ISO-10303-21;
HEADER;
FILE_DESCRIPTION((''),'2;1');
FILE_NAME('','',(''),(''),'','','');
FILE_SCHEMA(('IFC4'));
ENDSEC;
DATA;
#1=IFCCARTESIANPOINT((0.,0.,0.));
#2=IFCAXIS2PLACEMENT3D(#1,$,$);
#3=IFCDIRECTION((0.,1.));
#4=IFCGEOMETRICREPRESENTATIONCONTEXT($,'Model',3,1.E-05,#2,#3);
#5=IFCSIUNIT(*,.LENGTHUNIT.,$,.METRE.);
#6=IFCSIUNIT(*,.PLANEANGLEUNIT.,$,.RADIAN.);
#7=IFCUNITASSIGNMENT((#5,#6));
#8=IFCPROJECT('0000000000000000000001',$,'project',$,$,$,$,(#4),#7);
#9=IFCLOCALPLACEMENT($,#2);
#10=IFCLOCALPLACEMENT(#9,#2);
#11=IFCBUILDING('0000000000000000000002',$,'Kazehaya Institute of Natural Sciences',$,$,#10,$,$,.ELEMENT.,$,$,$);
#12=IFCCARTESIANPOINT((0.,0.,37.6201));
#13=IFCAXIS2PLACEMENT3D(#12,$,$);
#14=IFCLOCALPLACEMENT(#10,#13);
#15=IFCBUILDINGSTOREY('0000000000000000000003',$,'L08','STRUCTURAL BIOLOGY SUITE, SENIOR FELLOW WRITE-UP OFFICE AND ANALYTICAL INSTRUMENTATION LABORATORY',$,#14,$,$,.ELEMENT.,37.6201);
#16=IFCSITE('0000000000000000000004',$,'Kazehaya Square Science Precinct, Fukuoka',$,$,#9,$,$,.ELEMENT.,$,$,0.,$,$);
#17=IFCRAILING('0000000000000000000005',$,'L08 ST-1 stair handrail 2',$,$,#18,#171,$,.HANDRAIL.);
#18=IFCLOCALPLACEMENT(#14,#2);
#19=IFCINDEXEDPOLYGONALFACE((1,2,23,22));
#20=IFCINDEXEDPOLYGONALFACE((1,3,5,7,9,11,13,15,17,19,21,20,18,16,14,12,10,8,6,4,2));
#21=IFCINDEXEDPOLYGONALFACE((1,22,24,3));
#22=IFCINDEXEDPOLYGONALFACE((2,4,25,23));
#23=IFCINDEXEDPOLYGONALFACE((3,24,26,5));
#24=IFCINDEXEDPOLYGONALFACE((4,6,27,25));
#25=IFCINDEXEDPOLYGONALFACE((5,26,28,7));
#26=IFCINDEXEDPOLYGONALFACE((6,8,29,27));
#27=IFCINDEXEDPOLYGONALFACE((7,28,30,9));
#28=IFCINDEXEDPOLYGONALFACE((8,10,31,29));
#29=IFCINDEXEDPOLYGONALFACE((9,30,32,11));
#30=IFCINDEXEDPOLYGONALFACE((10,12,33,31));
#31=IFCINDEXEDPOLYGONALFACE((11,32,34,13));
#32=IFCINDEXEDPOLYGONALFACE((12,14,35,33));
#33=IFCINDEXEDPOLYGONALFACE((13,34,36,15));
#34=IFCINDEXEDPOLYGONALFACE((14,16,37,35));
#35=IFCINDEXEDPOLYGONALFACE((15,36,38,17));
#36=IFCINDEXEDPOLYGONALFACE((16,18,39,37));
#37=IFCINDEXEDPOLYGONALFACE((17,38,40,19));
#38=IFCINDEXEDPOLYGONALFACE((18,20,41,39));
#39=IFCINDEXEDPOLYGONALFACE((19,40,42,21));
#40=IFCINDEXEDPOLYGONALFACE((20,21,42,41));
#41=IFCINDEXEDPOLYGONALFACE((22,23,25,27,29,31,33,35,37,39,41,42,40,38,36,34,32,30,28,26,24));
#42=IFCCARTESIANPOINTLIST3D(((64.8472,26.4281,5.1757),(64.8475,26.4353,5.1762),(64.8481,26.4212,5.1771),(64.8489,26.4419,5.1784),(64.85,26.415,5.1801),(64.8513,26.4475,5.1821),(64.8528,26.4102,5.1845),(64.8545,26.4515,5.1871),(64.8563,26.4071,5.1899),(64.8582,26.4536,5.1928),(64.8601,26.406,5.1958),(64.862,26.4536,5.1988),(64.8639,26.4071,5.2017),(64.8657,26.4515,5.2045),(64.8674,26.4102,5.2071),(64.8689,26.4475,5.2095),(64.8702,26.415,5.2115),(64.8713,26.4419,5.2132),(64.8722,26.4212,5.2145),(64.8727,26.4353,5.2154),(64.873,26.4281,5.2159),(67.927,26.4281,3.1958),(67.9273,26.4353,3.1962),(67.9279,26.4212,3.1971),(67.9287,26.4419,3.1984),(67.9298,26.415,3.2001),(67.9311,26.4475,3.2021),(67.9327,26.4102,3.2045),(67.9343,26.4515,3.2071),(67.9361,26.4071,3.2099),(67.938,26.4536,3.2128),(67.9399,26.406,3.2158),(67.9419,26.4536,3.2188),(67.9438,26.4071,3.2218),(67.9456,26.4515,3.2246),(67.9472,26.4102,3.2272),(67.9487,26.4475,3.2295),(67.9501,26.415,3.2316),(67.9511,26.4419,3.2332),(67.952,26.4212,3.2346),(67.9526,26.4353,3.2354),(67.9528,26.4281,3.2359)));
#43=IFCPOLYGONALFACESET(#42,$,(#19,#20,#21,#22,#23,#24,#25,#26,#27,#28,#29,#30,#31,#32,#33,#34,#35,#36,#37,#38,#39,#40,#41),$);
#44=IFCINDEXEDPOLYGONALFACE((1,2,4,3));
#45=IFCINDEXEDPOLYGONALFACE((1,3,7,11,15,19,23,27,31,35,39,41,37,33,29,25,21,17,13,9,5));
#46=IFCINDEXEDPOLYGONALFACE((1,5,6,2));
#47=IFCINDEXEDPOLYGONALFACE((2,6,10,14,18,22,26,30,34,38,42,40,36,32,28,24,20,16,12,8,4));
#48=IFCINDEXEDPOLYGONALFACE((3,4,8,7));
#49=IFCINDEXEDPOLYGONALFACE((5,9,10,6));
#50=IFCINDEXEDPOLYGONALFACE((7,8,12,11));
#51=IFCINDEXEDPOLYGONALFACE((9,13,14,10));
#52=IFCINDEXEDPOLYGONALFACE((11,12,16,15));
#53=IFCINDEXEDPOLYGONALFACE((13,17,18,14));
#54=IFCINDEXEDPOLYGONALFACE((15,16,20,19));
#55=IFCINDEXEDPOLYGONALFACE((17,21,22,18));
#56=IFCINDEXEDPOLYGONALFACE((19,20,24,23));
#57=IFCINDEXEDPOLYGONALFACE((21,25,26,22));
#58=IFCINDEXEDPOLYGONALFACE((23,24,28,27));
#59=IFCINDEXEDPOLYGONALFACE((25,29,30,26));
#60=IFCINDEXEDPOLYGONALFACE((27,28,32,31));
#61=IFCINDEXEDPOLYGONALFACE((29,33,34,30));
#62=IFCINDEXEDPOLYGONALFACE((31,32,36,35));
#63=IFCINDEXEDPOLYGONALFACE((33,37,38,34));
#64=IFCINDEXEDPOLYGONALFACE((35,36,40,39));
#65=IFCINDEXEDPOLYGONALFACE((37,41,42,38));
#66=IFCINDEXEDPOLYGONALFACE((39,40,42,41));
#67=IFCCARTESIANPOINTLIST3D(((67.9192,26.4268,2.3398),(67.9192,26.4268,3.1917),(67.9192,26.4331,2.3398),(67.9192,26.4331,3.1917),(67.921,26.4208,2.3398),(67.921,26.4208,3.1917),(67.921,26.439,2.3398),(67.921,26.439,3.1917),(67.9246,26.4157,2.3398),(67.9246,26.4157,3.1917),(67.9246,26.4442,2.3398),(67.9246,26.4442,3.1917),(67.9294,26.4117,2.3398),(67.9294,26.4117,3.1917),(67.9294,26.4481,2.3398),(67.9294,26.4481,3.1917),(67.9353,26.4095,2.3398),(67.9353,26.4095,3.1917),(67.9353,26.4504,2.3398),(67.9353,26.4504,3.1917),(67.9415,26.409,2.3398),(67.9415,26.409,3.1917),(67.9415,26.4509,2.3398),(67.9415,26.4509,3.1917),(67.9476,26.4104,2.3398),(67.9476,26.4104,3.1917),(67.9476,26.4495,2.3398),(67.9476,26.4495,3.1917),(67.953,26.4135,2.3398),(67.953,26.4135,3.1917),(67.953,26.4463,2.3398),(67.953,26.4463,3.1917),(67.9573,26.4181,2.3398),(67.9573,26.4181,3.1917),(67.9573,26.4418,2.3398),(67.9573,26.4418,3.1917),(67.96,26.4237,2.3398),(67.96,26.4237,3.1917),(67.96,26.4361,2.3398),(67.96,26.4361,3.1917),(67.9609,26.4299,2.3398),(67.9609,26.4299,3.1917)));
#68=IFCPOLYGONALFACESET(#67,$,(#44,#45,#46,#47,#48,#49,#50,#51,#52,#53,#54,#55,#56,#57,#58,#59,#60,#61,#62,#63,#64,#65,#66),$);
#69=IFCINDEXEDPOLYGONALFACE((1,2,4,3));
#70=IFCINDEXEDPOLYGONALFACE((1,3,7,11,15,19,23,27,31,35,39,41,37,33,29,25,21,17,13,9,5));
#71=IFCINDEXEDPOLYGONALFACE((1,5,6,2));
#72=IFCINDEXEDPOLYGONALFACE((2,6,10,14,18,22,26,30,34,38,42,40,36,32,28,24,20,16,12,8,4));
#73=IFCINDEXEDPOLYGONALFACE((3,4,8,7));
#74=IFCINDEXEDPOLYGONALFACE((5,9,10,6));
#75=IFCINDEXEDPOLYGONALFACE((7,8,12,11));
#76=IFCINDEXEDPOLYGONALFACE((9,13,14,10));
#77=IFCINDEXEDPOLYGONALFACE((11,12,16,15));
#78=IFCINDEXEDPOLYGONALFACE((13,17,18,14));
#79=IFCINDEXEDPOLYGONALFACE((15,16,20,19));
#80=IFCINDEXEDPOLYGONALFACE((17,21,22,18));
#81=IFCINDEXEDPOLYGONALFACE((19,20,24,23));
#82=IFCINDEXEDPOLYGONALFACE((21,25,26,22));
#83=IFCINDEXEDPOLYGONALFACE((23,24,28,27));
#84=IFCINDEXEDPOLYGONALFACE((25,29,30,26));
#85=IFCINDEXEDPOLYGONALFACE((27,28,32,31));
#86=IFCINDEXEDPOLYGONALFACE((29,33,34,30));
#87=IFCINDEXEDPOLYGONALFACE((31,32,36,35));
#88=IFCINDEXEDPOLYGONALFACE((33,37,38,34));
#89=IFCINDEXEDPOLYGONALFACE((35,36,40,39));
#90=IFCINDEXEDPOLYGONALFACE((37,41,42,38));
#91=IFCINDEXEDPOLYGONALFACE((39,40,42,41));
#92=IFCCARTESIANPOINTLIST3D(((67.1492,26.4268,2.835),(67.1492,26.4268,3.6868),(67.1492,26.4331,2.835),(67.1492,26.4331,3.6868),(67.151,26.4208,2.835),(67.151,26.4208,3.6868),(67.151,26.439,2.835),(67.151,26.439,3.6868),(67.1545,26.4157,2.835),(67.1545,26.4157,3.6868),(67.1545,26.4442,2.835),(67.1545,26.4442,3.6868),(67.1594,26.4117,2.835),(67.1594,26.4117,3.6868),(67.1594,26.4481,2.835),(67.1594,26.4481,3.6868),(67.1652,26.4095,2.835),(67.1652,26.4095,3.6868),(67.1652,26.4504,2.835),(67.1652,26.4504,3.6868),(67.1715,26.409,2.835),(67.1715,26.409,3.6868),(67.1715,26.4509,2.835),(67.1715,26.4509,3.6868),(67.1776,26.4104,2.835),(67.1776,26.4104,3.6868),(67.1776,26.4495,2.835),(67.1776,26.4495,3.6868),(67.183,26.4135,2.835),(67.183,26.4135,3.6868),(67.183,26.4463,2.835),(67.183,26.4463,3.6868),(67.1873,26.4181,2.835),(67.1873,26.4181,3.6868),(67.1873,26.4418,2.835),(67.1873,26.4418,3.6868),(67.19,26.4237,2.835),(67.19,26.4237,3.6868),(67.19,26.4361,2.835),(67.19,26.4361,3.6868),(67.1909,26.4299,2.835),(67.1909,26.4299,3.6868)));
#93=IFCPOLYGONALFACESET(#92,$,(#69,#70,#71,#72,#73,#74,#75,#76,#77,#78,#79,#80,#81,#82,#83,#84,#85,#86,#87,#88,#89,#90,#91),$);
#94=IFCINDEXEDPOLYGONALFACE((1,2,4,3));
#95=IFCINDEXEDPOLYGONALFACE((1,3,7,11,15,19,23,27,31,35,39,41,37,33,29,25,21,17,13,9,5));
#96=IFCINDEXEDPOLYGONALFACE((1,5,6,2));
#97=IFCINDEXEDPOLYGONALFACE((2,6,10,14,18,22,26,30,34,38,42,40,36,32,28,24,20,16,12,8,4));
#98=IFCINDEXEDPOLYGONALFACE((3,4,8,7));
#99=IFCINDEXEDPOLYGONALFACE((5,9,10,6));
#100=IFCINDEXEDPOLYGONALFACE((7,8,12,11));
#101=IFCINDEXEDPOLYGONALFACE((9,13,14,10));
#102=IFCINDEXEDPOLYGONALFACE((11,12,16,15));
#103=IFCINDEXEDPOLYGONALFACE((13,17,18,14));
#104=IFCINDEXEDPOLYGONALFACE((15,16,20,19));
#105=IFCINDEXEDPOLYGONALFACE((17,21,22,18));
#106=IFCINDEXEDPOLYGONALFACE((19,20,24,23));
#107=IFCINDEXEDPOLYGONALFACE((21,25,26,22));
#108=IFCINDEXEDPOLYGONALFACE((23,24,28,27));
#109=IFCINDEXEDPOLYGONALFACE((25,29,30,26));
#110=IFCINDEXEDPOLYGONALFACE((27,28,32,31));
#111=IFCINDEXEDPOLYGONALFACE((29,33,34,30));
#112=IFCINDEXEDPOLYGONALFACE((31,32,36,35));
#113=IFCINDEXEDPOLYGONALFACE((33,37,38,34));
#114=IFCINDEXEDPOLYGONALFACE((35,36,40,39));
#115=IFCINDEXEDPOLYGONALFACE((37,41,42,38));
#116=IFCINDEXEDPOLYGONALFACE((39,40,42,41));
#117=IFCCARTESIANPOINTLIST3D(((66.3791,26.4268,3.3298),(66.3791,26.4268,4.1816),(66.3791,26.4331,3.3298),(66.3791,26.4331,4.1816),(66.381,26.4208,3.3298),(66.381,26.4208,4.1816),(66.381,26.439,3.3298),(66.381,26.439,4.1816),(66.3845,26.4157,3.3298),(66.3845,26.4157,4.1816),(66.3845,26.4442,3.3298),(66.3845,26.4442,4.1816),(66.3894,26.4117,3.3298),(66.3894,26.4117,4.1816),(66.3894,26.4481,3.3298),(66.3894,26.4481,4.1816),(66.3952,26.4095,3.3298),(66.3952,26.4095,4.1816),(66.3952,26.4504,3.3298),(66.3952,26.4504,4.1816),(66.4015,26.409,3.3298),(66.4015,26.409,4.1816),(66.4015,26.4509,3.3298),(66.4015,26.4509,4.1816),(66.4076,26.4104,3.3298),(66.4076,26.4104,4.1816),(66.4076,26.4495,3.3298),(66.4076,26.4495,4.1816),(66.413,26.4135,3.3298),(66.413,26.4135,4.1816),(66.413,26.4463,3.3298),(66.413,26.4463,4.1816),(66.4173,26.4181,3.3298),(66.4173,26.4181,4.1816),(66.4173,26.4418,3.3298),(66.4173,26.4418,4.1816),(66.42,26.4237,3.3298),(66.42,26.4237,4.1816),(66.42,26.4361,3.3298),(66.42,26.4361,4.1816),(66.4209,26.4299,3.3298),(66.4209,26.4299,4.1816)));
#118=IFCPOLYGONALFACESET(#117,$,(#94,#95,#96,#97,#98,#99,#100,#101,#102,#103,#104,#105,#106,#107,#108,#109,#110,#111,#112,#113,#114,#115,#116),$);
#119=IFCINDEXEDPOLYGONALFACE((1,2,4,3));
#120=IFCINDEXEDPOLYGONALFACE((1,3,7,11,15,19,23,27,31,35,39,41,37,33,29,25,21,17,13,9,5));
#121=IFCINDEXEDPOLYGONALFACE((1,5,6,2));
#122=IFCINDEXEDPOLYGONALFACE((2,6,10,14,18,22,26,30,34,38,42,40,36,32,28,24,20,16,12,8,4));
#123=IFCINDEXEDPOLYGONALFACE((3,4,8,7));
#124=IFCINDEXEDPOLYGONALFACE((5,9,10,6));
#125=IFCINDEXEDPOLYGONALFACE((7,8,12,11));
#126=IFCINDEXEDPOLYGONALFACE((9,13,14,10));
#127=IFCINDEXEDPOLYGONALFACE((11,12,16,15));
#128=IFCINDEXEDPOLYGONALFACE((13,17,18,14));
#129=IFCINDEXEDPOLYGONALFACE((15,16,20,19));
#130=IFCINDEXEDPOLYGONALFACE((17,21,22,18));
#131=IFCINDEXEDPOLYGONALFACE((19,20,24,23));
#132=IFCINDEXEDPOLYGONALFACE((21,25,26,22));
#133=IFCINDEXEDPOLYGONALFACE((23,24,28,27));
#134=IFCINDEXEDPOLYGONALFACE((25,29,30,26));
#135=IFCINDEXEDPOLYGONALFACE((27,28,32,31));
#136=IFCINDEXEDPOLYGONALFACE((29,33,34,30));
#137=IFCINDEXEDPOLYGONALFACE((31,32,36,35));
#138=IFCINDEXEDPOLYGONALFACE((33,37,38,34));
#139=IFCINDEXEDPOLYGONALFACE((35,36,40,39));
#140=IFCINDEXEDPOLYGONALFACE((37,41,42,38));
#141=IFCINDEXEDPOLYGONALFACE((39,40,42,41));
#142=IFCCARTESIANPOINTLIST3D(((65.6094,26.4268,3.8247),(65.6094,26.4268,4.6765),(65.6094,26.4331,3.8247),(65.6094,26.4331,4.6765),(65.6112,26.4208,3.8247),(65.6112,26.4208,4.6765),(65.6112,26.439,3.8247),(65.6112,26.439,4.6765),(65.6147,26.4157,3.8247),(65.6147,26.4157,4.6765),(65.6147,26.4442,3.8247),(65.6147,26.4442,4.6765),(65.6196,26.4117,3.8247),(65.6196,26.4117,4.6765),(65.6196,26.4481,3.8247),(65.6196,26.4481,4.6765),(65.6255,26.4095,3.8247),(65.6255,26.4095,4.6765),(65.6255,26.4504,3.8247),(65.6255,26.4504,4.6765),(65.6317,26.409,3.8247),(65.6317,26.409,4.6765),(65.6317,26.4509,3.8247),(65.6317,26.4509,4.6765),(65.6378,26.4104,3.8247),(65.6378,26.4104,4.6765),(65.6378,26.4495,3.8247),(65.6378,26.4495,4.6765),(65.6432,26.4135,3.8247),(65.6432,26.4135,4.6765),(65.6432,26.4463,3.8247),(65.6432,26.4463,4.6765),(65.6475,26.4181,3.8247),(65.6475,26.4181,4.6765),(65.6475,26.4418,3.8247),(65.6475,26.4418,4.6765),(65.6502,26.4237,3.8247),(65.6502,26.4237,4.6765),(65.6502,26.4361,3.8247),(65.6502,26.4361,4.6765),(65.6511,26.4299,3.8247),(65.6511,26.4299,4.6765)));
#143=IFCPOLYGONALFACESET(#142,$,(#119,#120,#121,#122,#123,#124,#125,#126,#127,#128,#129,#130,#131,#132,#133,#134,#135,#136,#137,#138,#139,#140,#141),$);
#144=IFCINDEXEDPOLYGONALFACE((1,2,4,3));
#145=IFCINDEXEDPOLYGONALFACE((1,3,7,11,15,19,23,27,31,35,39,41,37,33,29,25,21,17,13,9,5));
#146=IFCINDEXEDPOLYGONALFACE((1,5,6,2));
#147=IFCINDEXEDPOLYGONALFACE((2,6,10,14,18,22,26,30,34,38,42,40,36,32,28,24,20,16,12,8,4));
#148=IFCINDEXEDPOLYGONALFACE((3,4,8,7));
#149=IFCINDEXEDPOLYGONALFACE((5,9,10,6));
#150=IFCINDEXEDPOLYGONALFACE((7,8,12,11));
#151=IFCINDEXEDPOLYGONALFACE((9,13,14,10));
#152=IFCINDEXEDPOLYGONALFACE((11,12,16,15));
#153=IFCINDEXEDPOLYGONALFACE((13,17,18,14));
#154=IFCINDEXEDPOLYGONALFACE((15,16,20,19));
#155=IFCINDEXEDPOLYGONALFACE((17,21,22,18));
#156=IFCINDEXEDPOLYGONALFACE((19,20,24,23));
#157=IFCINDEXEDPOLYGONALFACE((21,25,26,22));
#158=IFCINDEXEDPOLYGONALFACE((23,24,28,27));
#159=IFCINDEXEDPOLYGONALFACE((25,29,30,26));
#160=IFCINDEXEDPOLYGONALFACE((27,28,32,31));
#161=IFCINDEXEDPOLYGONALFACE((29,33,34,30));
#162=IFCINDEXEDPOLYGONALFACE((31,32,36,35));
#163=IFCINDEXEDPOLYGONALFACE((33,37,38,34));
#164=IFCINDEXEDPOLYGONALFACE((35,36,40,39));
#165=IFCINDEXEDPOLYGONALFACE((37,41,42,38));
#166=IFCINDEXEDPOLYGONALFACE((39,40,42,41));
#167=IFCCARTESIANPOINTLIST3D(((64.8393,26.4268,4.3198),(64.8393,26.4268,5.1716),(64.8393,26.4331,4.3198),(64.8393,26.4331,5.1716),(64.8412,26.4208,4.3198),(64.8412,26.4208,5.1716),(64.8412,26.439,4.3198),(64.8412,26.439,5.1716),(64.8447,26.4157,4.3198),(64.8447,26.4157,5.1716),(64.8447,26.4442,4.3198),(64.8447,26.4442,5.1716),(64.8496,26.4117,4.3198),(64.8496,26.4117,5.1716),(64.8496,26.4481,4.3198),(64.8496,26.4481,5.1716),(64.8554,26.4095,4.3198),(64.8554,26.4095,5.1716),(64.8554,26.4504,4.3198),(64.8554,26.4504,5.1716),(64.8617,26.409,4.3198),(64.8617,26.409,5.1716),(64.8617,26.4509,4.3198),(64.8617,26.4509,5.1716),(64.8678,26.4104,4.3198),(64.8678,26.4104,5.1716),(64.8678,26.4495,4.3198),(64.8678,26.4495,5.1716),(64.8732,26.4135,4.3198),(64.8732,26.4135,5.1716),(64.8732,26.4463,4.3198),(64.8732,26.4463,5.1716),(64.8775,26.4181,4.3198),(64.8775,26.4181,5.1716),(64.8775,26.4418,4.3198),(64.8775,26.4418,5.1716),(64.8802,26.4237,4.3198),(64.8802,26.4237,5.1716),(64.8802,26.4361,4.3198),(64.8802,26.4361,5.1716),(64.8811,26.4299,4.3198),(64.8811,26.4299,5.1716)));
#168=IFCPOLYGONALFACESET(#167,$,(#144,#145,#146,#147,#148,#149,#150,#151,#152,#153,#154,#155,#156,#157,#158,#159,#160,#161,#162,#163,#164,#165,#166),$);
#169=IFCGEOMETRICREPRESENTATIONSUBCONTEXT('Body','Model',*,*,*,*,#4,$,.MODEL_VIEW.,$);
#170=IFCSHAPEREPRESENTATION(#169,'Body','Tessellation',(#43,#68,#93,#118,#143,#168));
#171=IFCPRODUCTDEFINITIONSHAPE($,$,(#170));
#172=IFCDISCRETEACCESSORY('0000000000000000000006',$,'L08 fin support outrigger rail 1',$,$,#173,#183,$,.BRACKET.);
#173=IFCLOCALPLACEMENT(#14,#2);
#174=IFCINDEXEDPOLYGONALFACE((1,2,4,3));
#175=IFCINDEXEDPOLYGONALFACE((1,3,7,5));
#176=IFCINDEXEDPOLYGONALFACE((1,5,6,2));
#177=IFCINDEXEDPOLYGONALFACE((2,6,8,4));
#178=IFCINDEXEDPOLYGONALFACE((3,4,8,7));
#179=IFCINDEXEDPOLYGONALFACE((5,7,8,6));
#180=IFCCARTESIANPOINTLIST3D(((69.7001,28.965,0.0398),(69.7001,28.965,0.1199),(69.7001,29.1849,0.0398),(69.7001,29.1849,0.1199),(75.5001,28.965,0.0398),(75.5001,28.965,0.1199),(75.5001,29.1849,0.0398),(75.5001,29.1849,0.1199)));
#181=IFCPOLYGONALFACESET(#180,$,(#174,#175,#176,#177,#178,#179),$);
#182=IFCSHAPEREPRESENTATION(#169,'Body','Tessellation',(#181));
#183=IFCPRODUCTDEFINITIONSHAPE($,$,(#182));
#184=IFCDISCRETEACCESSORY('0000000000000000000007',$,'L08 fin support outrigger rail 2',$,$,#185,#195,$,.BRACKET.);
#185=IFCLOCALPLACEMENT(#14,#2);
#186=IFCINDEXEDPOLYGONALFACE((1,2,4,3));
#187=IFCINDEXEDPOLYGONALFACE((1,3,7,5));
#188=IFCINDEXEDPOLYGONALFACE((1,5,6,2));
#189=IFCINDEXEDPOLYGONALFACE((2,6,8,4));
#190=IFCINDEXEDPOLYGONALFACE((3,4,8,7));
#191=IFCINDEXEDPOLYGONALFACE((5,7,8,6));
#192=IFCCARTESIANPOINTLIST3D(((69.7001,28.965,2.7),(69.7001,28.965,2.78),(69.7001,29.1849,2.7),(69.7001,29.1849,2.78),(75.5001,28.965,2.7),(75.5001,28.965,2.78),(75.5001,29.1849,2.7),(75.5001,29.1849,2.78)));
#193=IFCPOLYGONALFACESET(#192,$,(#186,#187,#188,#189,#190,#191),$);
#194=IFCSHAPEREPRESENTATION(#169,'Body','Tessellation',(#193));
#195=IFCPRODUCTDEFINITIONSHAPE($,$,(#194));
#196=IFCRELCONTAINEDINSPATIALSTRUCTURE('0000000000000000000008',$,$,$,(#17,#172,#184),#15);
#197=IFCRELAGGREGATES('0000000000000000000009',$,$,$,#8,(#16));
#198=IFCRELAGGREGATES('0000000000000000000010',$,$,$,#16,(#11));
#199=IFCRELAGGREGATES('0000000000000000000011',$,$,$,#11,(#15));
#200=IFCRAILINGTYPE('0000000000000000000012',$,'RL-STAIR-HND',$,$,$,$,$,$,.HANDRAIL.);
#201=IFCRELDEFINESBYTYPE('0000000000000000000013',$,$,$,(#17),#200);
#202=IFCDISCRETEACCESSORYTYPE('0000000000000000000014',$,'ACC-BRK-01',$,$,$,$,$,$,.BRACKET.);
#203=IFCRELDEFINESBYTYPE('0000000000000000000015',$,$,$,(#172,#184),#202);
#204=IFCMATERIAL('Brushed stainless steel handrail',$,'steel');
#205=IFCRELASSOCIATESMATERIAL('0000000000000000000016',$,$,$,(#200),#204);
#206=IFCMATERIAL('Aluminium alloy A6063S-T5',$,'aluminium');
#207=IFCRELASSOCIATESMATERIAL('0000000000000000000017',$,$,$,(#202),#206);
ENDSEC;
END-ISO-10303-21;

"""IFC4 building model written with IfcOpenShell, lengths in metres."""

from ifc_helpers import new_model, si_unit, direction, frame, origin, origin_2d, place, context, subcontext, project, spatial, rectangle, circle, extrude, material, type_object, element, save


model = new_model("IFC4")

# Units and contexts
model_context = context("Model", 3, precision=1e-05, world=origin(), true_north=direction((0.0, 1.0)))
body_context = subcontext(model_context, "Body", "Model", "MODEL_VIEW")
ifc_project = project(units=[si_unit("LENGTHUNIT", "METRE"), si_unit("PLANEANGLEUNIT", "RADIAN")], contexts=[model_context])

# Site, building, storey
site_placement = place(None, origin())
site = spatial("IfcSite", under=ifc_project, at=site_placement, Name="Kazehaya Square Science Precinct, Fukuoka", CompositionType="ELEMENT", RefElevation=0.0)
building_placement = place(site_placement, origin())
building = spatial("IfcBuilding", under=site, at=building_placement, Name="Kazehaya Institute of Natural Sciences", CompositionType="ELEMENT")
storey_placement = place(building_placement, frame((0.0, 0.0, 37.6201)))
storey = spatial("IfcBuildingStorey", under=building, at=storey_placement, Name="L08", Description="STRUCTURAL BIOLOGY SUITE, SENIOR FELLOW WRITE-UP OFFICE AND ANALYTICAL INSTRUMENTATION LABORATORY", CompositionType="ELEMENT", Elevation=37.6201)

# Shared definitions
ifc_material_1 = material(Name="Aluminium alloy A6063S-T5", Category="aluminium")

# Railing
ifc_material_2 = material(Name="Brushed stainless steel handrail", Category="steel")
railing_type_1 = type_object("IfcRailingType", Name="RL-STAIR-HND", PredefinedType="HANDRAIL", material=ifc_material_2)
railing_1_placement = place(storey_placement, frame((67.9399, 26.4299, 2.3398)))
element("IfcRailing", 1, at=railing_1_placement, inside=storey, type_object=railing_type_1, Name="L08 ST-1 stair handrail 2", PredefinedType="HANDRAIL", context=body_context, shape_type="SweptSolid", body=[
    extrude(circle(Radius=0.0239, at=origin_2d()), frame((0.0, 0.0, 0.876), z_axis=(-0.841168, 0.0, 0.540774), x_axis=(0.0, -1.0, 0.0)), (0.0, 0.0, 1.0), 3.6614),
    extrude(circle(Radius=0.021, at=origin_2d()), origin(), (0.0, 0.0, 1.0), 0.8518),
    extrude(circle(Radius=0.021, at=origin_2d()), frame((-0.77, 0.0, 0.4951)), (0.0, 0.0, 1.0), 0.8518),
    extrude(circle(Radius=0.021, at=origin_2d()), frame((-1.54, 0.0, 0.99)), (0.0, 0.0, 1.0), 0.8518),
    extrude(circle(Radius=0.021, at=origin_2d()), frame((-2.3098, 0.0, 1.4849)), (0.0, 0.0, 1.0), 0.8518),
    extrude(circle(Radius=0.021, at=origin_2d()), frame((-3.0798, 0.0, 1.98)), (0.0, 0.0, 1.0), 0.8518),
])

# Discrete accessories
discrete_accessory_type = type_object("IfcDiscreteAccessoryType", Name="ACC-BRK-01", PredefinedType="BRACKET", material=ifc_material_1)
for number, where, z_axis, x_axis, name in (
    (2, (72.6001, 29.075, 0.0398), (0.0, 0.0, 1.0), (1.0, 0.0, 0.0), "L08 fin support outrigger rail 1"),
    (3, (72.6001, 29.075, 2.7), (0.0, 0.0, 1.0), (1.0, 0.0, 0.0), "L08 fin support outrigger rail 2"),
):
    element("IfcDiscreteAccessory", number, at=place(storey_placement, frame(where, z_axis=z_axis, x_axis=x_axis)), inside=storey, type_object=discrete_accessory_type, Name=name, PredefinedType="BRACKET", context=body_context, shape_type="SweptSolid", body=[
        extrude(rectangle(XDim=5.8, YDim=0.22, at=origin_2d()), origin(), (0.0, 0.0, 1.0), 0.0801),
    ])

save(model, "model.ifc")
